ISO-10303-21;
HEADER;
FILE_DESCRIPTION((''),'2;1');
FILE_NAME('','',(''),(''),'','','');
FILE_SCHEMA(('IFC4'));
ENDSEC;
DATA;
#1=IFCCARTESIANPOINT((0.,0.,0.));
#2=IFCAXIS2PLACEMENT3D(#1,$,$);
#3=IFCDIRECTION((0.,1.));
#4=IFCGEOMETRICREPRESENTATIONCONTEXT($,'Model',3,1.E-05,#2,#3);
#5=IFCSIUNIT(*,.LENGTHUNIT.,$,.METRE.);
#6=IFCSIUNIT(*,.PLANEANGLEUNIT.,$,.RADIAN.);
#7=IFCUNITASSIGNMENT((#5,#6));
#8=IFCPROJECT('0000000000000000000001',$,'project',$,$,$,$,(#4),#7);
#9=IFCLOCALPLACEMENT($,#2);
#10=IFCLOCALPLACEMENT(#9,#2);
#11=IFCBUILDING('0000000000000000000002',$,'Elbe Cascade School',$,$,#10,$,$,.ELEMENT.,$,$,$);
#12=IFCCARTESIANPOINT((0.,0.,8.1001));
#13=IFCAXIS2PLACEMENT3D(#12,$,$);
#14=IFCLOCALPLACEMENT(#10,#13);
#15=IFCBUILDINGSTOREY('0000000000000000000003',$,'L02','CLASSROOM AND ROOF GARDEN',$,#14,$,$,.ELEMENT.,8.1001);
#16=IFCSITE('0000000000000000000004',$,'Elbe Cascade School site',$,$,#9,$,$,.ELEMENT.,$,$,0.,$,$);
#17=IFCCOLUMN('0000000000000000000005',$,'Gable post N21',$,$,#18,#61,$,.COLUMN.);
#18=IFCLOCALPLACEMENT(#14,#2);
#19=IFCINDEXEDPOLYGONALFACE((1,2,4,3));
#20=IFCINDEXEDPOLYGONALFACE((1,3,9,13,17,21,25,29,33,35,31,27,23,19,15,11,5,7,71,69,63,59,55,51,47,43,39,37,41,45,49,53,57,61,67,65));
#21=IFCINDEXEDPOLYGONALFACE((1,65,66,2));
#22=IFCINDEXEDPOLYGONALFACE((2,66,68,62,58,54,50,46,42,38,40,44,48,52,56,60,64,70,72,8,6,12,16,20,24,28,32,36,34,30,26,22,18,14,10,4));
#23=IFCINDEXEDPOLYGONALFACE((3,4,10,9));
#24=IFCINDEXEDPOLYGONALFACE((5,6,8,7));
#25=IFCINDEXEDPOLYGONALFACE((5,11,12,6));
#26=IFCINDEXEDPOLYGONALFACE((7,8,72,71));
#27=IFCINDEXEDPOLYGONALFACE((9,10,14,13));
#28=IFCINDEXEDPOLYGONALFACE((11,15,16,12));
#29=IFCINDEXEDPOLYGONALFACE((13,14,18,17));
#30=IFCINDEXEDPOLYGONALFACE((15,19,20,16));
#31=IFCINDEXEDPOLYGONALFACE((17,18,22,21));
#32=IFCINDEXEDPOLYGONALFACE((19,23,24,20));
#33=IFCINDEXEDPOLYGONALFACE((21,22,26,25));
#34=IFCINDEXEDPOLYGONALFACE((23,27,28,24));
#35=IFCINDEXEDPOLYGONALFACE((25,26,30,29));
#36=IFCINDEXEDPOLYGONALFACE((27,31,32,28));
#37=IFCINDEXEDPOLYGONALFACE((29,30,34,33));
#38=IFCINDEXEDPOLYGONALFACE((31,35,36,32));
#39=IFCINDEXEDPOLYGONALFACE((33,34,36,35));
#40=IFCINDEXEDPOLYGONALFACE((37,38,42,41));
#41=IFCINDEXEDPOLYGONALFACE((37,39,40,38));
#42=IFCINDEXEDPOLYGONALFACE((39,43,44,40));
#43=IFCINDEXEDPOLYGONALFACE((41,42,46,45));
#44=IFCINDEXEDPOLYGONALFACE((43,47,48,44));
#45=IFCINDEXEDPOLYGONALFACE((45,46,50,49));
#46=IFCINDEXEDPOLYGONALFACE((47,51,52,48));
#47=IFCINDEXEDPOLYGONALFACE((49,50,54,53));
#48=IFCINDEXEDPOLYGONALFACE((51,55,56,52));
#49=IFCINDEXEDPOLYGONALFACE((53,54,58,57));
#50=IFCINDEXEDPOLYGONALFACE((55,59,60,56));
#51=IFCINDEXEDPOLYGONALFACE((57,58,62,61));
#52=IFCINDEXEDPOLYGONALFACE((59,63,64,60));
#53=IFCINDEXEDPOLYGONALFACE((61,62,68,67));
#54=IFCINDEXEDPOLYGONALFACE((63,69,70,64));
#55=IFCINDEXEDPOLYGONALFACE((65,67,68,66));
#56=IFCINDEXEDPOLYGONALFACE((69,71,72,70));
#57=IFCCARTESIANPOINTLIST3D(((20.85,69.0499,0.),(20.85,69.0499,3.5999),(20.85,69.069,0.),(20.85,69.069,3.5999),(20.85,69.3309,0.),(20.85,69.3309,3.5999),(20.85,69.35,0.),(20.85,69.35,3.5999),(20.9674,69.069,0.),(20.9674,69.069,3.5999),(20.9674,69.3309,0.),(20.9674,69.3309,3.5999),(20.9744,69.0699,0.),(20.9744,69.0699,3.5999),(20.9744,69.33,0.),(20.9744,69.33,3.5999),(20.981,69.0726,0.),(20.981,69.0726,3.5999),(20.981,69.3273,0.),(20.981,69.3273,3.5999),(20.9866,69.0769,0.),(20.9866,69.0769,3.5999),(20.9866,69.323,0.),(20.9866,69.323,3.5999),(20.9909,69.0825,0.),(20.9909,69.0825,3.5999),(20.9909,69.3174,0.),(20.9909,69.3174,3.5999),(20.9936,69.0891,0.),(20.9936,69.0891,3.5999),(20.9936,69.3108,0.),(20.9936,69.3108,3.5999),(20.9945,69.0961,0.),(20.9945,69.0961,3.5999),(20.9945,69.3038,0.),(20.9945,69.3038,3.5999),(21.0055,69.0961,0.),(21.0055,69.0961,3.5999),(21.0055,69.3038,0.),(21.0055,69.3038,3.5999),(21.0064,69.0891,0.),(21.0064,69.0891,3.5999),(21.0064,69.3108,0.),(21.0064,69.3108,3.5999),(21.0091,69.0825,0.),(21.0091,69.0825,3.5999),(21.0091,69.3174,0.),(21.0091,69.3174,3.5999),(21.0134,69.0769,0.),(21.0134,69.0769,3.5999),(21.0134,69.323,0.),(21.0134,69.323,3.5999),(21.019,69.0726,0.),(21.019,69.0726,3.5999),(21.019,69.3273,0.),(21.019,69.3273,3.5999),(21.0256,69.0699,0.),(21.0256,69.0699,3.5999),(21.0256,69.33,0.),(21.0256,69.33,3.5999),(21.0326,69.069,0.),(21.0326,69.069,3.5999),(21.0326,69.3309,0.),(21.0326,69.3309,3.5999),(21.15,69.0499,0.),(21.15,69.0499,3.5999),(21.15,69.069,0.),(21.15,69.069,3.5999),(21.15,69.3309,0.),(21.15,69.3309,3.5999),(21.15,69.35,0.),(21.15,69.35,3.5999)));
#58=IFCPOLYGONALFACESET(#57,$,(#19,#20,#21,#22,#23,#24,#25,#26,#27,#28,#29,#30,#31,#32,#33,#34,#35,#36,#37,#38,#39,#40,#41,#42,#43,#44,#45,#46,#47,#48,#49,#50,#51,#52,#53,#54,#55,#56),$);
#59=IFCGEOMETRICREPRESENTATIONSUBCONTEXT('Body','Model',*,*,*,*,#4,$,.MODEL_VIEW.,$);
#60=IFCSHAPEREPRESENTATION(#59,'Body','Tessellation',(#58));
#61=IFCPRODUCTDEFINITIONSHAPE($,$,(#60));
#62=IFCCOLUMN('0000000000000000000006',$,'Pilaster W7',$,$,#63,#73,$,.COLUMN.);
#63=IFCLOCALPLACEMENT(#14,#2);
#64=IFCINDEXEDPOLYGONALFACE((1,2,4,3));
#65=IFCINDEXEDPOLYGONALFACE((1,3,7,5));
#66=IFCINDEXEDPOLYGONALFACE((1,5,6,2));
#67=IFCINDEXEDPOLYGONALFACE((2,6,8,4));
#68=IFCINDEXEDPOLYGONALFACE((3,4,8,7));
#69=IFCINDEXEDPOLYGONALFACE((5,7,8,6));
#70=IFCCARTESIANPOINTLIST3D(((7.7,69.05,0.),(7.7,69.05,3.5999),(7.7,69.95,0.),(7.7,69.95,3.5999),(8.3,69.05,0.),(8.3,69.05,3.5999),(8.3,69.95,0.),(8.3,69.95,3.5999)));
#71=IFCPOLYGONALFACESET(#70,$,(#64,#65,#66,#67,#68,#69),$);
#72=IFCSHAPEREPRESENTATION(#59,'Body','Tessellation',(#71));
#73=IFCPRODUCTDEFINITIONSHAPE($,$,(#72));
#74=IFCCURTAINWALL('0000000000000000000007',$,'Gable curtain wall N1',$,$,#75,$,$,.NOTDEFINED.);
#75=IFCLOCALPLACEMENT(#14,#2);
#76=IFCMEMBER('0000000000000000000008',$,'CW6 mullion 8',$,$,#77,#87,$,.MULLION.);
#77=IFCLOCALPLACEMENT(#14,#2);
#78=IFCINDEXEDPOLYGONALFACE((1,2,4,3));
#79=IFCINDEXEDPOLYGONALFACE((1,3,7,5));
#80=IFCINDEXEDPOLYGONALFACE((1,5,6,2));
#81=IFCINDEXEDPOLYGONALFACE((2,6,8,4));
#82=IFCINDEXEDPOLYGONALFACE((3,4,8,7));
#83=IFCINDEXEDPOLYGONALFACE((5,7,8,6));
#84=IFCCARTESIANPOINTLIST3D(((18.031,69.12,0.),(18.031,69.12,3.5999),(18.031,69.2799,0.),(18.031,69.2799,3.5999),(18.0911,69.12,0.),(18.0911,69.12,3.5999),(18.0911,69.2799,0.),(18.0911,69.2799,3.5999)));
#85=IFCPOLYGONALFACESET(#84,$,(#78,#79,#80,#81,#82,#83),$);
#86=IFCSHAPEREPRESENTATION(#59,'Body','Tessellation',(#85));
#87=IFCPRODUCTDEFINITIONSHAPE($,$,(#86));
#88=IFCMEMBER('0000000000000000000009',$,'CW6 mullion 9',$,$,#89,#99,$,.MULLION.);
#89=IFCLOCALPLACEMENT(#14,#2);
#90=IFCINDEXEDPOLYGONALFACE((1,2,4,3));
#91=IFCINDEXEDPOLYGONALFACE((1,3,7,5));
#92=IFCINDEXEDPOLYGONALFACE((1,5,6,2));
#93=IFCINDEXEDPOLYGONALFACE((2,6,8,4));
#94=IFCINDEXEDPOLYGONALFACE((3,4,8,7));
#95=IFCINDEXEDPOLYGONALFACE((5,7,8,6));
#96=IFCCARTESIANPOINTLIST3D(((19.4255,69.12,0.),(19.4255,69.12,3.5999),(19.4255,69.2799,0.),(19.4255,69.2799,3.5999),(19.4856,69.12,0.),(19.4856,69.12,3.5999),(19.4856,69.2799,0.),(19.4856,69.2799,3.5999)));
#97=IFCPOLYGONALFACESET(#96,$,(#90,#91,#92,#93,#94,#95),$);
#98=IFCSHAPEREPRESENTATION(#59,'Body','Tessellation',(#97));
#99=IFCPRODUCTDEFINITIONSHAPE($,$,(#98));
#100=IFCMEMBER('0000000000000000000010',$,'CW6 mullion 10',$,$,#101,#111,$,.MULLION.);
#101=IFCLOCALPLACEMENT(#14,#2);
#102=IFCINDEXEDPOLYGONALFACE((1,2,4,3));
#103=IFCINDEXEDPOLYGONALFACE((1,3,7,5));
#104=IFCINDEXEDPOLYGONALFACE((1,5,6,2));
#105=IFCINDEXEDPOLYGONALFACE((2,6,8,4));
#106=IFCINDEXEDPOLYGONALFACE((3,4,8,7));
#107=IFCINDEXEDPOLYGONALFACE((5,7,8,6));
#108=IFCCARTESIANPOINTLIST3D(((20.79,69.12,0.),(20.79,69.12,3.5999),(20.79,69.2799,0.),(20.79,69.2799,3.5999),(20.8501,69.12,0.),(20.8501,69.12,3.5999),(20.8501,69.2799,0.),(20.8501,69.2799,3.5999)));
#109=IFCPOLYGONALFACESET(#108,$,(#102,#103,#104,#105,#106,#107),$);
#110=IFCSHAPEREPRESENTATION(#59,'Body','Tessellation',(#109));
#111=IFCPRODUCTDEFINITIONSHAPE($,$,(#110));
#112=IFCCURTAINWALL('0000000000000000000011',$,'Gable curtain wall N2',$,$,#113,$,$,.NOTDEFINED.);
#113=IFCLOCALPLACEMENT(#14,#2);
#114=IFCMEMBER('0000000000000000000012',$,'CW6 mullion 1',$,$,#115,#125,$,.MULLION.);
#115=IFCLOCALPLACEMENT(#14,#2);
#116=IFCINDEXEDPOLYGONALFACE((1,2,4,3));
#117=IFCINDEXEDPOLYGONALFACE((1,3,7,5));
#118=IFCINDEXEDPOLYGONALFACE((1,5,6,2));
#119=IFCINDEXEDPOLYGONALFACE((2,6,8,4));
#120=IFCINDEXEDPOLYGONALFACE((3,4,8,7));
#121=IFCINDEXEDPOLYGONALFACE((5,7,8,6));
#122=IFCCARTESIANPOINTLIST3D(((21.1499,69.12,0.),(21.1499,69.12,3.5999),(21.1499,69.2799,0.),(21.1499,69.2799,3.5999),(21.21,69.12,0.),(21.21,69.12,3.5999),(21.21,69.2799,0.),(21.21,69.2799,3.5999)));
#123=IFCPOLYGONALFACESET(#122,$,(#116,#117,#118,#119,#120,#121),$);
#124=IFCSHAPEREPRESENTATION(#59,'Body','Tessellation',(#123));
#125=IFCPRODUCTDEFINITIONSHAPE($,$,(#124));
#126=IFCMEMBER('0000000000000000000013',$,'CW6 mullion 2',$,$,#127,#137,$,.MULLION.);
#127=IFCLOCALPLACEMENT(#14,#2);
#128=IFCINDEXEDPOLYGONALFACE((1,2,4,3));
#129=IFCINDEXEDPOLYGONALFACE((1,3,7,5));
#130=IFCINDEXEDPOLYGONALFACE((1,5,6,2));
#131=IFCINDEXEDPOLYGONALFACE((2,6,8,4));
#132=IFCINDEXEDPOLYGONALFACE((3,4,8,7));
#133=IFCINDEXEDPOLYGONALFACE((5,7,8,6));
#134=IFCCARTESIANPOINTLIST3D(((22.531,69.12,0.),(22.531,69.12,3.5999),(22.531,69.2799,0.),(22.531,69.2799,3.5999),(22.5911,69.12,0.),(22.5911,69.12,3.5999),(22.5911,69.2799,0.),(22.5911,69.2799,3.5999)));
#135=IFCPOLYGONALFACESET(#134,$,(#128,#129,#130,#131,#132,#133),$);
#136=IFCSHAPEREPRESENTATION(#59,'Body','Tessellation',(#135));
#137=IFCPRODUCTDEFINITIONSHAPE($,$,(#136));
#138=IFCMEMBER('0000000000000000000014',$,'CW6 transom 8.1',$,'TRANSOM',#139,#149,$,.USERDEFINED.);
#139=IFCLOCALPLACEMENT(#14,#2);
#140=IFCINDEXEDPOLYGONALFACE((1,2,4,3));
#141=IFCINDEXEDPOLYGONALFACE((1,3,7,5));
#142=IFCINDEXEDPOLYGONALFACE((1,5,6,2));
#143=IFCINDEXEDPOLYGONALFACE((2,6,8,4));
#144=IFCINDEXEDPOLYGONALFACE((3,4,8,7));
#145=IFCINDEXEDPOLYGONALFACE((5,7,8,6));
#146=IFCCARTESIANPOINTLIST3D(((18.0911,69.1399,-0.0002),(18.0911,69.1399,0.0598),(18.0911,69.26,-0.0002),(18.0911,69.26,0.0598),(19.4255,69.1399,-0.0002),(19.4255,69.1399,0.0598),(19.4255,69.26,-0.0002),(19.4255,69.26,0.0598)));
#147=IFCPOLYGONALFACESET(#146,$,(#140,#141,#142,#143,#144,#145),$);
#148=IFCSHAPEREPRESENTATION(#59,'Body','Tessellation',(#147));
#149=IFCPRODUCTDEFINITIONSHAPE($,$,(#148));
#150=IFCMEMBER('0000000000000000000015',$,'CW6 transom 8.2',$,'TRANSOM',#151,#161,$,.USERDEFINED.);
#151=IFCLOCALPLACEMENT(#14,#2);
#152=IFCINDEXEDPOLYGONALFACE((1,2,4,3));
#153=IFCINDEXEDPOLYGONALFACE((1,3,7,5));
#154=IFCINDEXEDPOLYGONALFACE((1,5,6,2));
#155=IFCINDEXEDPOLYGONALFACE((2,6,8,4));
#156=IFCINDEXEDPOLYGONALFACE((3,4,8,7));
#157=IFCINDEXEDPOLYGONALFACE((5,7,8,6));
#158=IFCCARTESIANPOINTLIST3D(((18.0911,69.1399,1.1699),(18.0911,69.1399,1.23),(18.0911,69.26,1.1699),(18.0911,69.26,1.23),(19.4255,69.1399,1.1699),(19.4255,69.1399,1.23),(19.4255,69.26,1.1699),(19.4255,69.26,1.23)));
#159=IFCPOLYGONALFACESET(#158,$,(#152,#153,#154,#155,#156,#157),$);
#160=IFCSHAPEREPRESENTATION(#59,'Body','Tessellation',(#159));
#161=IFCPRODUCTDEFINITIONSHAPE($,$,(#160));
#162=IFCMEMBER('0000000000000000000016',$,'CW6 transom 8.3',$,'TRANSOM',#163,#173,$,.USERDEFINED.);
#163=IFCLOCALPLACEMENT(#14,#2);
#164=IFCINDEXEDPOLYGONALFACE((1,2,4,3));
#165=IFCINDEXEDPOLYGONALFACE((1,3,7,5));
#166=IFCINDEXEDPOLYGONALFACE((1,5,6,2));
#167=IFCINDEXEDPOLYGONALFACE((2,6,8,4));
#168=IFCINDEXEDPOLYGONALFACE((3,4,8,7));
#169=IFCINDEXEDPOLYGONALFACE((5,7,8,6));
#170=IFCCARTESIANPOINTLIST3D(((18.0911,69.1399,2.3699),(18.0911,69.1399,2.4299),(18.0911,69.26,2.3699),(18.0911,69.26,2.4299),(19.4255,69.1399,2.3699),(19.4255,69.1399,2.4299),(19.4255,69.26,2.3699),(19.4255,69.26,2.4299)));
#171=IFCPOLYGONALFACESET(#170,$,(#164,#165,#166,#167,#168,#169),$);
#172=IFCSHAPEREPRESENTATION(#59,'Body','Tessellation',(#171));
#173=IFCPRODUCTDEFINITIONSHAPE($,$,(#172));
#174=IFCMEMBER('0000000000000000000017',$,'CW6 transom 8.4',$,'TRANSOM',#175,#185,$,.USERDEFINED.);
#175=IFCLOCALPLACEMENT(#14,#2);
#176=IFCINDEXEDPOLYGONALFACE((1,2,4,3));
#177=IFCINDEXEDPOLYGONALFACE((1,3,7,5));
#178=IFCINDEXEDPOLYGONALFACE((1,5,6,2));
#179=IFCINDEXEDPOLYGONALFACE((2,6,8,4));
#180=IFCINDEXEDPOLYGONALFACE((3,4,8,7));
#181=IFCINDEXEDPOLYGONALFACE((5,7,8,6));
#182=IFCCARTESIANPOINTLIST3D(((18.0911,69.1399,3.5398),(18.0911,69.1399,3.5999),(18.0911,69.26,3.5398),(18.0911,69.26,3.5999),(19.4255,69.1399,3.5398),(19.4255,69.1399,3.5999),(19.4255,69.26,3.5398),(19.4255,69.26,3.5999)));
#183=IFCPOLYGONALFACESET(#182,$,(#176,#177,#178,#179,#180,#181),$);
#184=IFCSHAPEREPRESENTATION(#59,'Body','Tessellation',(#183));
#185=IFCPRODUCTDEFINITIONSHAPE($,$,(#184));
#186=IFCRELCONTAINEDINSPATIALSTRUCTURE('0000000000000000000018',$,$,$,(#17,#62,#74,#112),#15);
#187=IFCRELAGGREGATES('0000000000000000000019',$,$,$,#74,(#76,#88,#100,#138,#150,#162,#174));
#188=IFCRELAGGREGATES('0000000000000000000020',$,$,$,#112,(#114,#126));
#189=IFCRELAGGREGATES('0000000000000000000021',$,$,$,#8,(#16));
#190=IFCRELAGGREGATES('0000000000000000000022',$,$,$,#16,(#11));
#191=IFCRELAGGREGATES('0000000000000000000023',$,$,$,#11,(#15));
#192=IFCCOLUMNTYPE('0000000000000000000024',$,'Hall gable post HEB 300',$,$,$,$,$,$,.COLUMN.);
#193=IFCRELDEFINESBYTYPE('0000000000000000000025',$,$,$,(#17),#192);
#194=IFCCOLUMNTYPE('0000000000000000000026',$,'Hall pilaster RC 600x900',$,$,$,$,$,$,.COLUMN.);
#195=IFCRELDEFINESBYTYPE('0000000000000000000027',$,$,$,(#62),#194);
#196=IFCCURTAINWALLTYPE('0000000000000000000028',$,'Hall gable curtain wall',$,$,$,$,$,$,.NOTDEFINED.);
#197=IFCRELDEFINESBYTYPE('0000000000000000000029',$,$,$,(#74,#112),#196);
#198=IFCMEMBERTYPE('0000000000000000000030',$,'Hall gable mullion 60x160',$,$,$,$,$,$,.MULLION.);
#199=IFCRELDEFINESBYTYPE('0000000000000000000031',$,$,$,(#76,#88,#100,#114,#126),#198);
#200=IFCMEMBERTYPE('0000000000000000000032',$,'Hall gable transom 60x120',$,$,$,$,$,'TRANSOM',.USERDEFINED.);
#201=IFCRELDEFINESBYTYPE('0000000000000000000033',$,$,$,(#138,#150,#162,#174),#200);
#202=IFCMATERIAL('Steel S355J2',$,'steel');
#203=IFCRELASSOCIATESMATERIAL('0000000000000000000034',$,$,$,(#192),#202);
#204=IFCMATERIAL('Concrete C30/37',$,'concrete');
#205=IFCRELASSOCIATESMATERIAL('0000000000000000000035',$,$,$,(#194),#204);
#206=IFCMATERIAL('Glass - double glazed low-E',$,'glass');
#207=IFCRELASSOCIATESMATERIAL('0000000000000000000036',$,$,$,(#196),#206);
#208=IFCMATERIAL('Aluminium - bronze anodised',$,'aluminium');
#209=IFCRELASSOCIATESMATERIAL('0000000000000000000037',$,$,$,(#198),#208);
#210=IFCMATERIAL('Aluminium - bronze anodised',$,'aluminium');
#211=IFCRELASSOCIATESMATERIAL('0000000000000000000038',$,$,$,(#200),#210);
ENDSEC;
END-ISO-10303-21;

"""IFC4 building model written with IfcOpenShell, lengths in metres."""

from ifc_helpers import new_model, si_unit, direction, frame, origin, origin_2d, place, context, subcontext, project, spatial, rectangle, i_section, extrude, material, material_profile, profile_set, type_object, element, aggregate, save


model = new_model("IFC4")

# Units and contexts
model_context = context("Model", 3, precision=1e-05, world=origin(), true_north=direction((0.0, 1.0)))
body_context = subcontext(model_context, "Body", "Model", "MODEL_VIEW")
ifc_project = project(units=[si_unit("LENGTHUNIT", "METRE"), si_unit("PLANEANGLEUNIT", "RADIAN")], contexts=[model_context])

# Site, building, storey
site_placement = place(None, origin())
site = spatial("IfcSite", under=ifc_project, at=site_placement, Name="Elbe Cascade School site", CompositionType="ELEMENT", RefElevation=0.0)
building_placement = place(site_placement, origin())
building = spatial("IfcBuilding", under=site, at=building_placement, Name="Elbe Cascade School", CompositionType="ELEMENT")
storey_placement = place(building_placement, frame((0.0, 0.0, 8.1001)))
storey = spatial("IfcBuildingStorey", under=building, at=storey_placement, Name="L02", Description="CLASSROOM AND ROOF GARDEN", CompositionType="ELEMENT", Elevation=8.1001)

# Columns
ifc_material_1 = material(Name="Steel S355J2", Category="steel")
ifc_material_profile_1 = material_profile(ifc_material_1, i_section(OverallWidth=0.3, OverallDepth=0.3, WebThickness=0.011, FlangeThickness=0.019, FilletRadius=0.0271, at=origin_2d()), Name="HEB 300")
ifc_profile_set_1 = profile_set([ifc_material_profile_1], Name="Steel S355J2")
column_type_1 = type_object("IfcColumnType", Name="Hall gable post HEB 300", PredefinedType="COLUMN", material=ifc_profile_set_1)
column_1_placement = place(storey_placement, frame((21.0, 69.2, 0.0), z_axis=(0.0, 0.0, 1.0), x_axis=(1.0, 0.0, 0.0)))
element("IfcColumn", 1, at=column_1_placement, inside=storey, type_object=column_type_1, Name="Gable post N21", PredefinedType="COLUMN", context=body_context, shape_type="SweptSolid", body=[
    extrude(i_section(OverallWidth=0.3, OverallDepth=0.3, WebThickness=0.011, FlangeThickness=0.019, FilletRadius=0.0271, at=origin_2d()), origin(), (0.0, 0.0, 1.0), 3.5999),
])
ifc_material_2 = material(Name="Concrete C30/37", Category="concrete")
ifc_material_profile_2 = material_profile(ifc_material_2, rectangle(XDim=0.6001, YDim=0.8999, at=origin_2d()), Name="RC 600x900")
ifc_profile_set_2 = profile_set([ifc_material_profile_2], Name="Concrete C30/37")
column_type_2 = type_object("IfcColumnType", Name="Hall pilaster RC 600x900", PredefinedType="COLUMN", material=ifc_profile_set_2)
column_2_placement = place(storey_placement, frame((8.0, 69.5, 0.0), z_axis=(0.0, 0.0, 1.0), x_axis=(1.0, 0.0, 0.0)))
element("IfcColumn", 2, at=column_2_placement, inside=storey, type_object=column_type_2, Name="Pilaster W7", PredefinedType="COLUMN", context=body_context, shape_type="SweptSolid", body=[
    extrude(rectangle(XDim=0.6001, YDim=0.8999, at=origin_2d()), origin(), (0.0, 0.0, 1.0), 3.5999),
])

# Curtain walls, members
ifc_material_3 = material(Name="Glass - double glazed low-E", Category="glass")
curtain_wall_type = type_object("IfcCurtainWallType", Name="Hall gable curtain wall", PredefinedType="NOTDEFINED", material=ifc_material_3)
curtain_wall_1_placement = place(storey_placement, origin())
curtain_wall_1 = element("IfcCurtainWall", 3, at=curtain_wall_1_placement, inside=storey, type_object=curtain_wall_type, Name="Gable curtain wall N1", PredefinedType="NOTDEFINED")
ifc_material_4 = material(Name="Aluminium - bronze anodised", Category="aluminium")
ifc_material_profile_3 = material_profile(ifc_material_4, rectangle(XDim=0.1599, YDim=0.0601, at=origin_2d()), Name="Alu 60x160")
ifc_profile_set_3 = profile_set([ifc_material_profile_3], Name="Aluminium - bronze anodised")
member_type_1 = type_object("IfcMemberType", Name="Hall gable mullion 60x160", PredefinedType="MULLION", material=ifc_profile_set_3)
member_1_placement = place(storey_placement, frame((18.061, 69.2, 0.0), z_axis=(0.0, 0.0, 1.0), x_axis=(0.0, 1.0, 0.0)))
member_1 = element("IfcMember", 4, at=member_1_placement, type_object=member_type_1, Name="CW6 mullion 8", PredefinedType="MULLION", context=body_context, shape_type="SweptSolid", body=[
    extrude(rectangle(XDim=0.1599, YDim=0.0601, at=origin_2d()), origin(), (0.0, 0.0, 1.0), 3.5999),
])
member_2_placement = place(storey_placement, frame((19.4556, 69.2, 0.0), z_axis=(0.0, 0.0, 1.0), x_axis=(0.0, 1.0, 0.0)))
member_2 = element("IfcMember", 5, at=member_2_placement, type_object=member_type_1, Name="CW6 mullion 9", PredefinedType="MULLION", context=body_context, shape_type="SweptSolid", body=[
    extrude(rectangle(XDim=0.1599, YDim=0.0601, at=origin_2d()), origin(), (0.0, 0.0, 1.0), 3.5999),
])
member_3_placement = place(storey_placement, frame((20.8201, 69.2, 0.0), z_axis=(0.0, 0.0, 1.0), x_axis=(0.0, 1.0, 0.0)))
member_3 = element("IfcMember", 6, at=member_3_placement, type_object=member_type_1, Name="CW6 mullion 10", PredefinedType="MULLION", context=body_context, shape_type="SweptSolid", body=[
    extrude(rectangle(XDim=0.1599, YDim=0.0601, at=origin_2d()), origin(), (0.0, 0.0, 1.0), 3.5999),
])
curtain_wall_2_placement = place(storey_placement, origin())
curtain_wall_2 = element("IfcCurtainWall", 7, at=curtain_wall_2_placement, inside=storey, type_object=curtain_wall_type, Name="Gable curtain wall N2", PredefinedType="NOTDEFINED")
member_4_placement = place(storey_placement, frame((21.1799, 69.2, 0.0), z_axis=(0.0, 0.0, 1.0), x_axis=(0.0, 1.0, 0.0)))
member_4 = element("IfcMember", 8, at=member_4_placement, type_object=member_type_1, Name="CW6 mullion 1", PredefinedType="MULLION", context=body_context, shape_type="SweptSolid", body=[
    extrude(rectangle(XDim=0.1599, YDim=0.0601, at=origin_2d()), origin(), (0.0, 0.0, 1.0), 3.5999),
])
member_5_placement = place(storey_placement, frame((22.561, 69.2, 0.0), z_axis=(0.0, 0.0, 1.0), x_axis=(0.0, 1.0, 0.0)))
member_5 = element("IfcMember", 9, at=member_5_placement, type_object=member_type_1, Name="CW6 mullion 2", PredefinedType="MULLION", context=body_context, shape_type="SweptSolid", body=[
    extrude(rectangle(XDim=0.1599, YDim=0.0601, at=origin_2d()), origin(), (0.0, 0.0, 1.0), 3.5999),
])

# Members
ifc_material_5 = material(Name="Aluminium - bronze anodised", Category="aluminium")
ifc_material_profile_4 = material_profile(ifc_material_5, rectangle(XDim=0.1201, YDim=0.0601, at=origin_2d()), Name="Alu 60x120")
ifc_profile_set_4 = profile_set([ifc_material_profile_4], Name="Aluminium - bronze anodised")
member_type_2 = type_object("IfcMemberType", Name="Hall gable transom 60x120", ElementType="TRANSOM", PredefinedType="USERDEFINED", material=ifc_profile_set_4)
member_6_placement = place(storey_placement, frame((18.0911, 69.2, 0.0298), z_axis=(1.0, 0.0, 0.0), x_axis=(0.0, 1.0, 0.0)))
member_6 = element("IfcMember", 10, at=member_6_placement, type_object=member_type_2, Name="CW6 transom 8.1", ObjectType="TRANSOM", PredefinedType="USERDEFINED", context=body_context, shape_type="SweptSolid", body=[
    extrude(rectangle(XDim=0.1201, YDim=0.0601, at=origin_2d()), origin(), (0.0, 0.0, 1.0), 1.3345),
])
member_7_placement = place(storey_placement, frame((18.0911, 69.2, 1.2), z_axis=(1.0, 0.0, 0.0), x_axis=(0.0, 1.0, 0.0)))
member_7 = element("IfcMember", 11, at=member_7_placement, type_object=member_type_2, Name="CW6 transom 8.2", ObjectType="TRANSOM", PredefinedType="USERDEFINED", context=body_context, shape_type="SweptSolid", body=[
    extrude(rectangle(XDim=0.1201, YDim=0.0601, at=origin_2d()), origin(), (0.0, 0.0, 1.0), 1.3345),
])
member_8_placement = place(storey_placement, frame((18.0911, 69.2, 2.3999), z_axis=(1.0, 0.0, 0.0), x_axis=(0.0, 1.0, 0.0)))
member_8 = element("IfcMember", 12, at=member_8_placement, type_object=member_type_2, Name="CW6 transom 8.3", ObjectType="TRANSOM", PredefinedType="USERDEFINED", context=body_context, shape_type="SweptSolid", body=[
    extrude(rectangle(XDim=0.1201, YDim=0.0601, at=origin_2d()), origin(), (0.0, 0.0, 1.0), 1.3345),
])
member_9_placement = place(storey_placement, frame((18.0911, 69.2, 3.5698), z_axis=(1.0, 0.0, 0.0), x_axis=(0.0, 1.0, 0.0)))
member_9 = element("IfcMember", 13, at=member_9_placement, type_object=member_type_2, Name="CW6 transom 8.4", ObjectType="TRANSOM", PredefinedType="USERDEFINED", context=body_context, shape_type="SweptSolid", body=[
    extrude(rectangle(XDim=0.1201, YDim=0.0601, at=origin_2d()), origin(), (0.0, 0.0, 1.0), 1.3345),
])

aggregate(curtain_wall_1, [member_1, member_2, member_3, member_6, member_7, member_8, member_9])
aggregate(curtain_wall_2, [member_4, member_5])

save(model, "model.ifc")
